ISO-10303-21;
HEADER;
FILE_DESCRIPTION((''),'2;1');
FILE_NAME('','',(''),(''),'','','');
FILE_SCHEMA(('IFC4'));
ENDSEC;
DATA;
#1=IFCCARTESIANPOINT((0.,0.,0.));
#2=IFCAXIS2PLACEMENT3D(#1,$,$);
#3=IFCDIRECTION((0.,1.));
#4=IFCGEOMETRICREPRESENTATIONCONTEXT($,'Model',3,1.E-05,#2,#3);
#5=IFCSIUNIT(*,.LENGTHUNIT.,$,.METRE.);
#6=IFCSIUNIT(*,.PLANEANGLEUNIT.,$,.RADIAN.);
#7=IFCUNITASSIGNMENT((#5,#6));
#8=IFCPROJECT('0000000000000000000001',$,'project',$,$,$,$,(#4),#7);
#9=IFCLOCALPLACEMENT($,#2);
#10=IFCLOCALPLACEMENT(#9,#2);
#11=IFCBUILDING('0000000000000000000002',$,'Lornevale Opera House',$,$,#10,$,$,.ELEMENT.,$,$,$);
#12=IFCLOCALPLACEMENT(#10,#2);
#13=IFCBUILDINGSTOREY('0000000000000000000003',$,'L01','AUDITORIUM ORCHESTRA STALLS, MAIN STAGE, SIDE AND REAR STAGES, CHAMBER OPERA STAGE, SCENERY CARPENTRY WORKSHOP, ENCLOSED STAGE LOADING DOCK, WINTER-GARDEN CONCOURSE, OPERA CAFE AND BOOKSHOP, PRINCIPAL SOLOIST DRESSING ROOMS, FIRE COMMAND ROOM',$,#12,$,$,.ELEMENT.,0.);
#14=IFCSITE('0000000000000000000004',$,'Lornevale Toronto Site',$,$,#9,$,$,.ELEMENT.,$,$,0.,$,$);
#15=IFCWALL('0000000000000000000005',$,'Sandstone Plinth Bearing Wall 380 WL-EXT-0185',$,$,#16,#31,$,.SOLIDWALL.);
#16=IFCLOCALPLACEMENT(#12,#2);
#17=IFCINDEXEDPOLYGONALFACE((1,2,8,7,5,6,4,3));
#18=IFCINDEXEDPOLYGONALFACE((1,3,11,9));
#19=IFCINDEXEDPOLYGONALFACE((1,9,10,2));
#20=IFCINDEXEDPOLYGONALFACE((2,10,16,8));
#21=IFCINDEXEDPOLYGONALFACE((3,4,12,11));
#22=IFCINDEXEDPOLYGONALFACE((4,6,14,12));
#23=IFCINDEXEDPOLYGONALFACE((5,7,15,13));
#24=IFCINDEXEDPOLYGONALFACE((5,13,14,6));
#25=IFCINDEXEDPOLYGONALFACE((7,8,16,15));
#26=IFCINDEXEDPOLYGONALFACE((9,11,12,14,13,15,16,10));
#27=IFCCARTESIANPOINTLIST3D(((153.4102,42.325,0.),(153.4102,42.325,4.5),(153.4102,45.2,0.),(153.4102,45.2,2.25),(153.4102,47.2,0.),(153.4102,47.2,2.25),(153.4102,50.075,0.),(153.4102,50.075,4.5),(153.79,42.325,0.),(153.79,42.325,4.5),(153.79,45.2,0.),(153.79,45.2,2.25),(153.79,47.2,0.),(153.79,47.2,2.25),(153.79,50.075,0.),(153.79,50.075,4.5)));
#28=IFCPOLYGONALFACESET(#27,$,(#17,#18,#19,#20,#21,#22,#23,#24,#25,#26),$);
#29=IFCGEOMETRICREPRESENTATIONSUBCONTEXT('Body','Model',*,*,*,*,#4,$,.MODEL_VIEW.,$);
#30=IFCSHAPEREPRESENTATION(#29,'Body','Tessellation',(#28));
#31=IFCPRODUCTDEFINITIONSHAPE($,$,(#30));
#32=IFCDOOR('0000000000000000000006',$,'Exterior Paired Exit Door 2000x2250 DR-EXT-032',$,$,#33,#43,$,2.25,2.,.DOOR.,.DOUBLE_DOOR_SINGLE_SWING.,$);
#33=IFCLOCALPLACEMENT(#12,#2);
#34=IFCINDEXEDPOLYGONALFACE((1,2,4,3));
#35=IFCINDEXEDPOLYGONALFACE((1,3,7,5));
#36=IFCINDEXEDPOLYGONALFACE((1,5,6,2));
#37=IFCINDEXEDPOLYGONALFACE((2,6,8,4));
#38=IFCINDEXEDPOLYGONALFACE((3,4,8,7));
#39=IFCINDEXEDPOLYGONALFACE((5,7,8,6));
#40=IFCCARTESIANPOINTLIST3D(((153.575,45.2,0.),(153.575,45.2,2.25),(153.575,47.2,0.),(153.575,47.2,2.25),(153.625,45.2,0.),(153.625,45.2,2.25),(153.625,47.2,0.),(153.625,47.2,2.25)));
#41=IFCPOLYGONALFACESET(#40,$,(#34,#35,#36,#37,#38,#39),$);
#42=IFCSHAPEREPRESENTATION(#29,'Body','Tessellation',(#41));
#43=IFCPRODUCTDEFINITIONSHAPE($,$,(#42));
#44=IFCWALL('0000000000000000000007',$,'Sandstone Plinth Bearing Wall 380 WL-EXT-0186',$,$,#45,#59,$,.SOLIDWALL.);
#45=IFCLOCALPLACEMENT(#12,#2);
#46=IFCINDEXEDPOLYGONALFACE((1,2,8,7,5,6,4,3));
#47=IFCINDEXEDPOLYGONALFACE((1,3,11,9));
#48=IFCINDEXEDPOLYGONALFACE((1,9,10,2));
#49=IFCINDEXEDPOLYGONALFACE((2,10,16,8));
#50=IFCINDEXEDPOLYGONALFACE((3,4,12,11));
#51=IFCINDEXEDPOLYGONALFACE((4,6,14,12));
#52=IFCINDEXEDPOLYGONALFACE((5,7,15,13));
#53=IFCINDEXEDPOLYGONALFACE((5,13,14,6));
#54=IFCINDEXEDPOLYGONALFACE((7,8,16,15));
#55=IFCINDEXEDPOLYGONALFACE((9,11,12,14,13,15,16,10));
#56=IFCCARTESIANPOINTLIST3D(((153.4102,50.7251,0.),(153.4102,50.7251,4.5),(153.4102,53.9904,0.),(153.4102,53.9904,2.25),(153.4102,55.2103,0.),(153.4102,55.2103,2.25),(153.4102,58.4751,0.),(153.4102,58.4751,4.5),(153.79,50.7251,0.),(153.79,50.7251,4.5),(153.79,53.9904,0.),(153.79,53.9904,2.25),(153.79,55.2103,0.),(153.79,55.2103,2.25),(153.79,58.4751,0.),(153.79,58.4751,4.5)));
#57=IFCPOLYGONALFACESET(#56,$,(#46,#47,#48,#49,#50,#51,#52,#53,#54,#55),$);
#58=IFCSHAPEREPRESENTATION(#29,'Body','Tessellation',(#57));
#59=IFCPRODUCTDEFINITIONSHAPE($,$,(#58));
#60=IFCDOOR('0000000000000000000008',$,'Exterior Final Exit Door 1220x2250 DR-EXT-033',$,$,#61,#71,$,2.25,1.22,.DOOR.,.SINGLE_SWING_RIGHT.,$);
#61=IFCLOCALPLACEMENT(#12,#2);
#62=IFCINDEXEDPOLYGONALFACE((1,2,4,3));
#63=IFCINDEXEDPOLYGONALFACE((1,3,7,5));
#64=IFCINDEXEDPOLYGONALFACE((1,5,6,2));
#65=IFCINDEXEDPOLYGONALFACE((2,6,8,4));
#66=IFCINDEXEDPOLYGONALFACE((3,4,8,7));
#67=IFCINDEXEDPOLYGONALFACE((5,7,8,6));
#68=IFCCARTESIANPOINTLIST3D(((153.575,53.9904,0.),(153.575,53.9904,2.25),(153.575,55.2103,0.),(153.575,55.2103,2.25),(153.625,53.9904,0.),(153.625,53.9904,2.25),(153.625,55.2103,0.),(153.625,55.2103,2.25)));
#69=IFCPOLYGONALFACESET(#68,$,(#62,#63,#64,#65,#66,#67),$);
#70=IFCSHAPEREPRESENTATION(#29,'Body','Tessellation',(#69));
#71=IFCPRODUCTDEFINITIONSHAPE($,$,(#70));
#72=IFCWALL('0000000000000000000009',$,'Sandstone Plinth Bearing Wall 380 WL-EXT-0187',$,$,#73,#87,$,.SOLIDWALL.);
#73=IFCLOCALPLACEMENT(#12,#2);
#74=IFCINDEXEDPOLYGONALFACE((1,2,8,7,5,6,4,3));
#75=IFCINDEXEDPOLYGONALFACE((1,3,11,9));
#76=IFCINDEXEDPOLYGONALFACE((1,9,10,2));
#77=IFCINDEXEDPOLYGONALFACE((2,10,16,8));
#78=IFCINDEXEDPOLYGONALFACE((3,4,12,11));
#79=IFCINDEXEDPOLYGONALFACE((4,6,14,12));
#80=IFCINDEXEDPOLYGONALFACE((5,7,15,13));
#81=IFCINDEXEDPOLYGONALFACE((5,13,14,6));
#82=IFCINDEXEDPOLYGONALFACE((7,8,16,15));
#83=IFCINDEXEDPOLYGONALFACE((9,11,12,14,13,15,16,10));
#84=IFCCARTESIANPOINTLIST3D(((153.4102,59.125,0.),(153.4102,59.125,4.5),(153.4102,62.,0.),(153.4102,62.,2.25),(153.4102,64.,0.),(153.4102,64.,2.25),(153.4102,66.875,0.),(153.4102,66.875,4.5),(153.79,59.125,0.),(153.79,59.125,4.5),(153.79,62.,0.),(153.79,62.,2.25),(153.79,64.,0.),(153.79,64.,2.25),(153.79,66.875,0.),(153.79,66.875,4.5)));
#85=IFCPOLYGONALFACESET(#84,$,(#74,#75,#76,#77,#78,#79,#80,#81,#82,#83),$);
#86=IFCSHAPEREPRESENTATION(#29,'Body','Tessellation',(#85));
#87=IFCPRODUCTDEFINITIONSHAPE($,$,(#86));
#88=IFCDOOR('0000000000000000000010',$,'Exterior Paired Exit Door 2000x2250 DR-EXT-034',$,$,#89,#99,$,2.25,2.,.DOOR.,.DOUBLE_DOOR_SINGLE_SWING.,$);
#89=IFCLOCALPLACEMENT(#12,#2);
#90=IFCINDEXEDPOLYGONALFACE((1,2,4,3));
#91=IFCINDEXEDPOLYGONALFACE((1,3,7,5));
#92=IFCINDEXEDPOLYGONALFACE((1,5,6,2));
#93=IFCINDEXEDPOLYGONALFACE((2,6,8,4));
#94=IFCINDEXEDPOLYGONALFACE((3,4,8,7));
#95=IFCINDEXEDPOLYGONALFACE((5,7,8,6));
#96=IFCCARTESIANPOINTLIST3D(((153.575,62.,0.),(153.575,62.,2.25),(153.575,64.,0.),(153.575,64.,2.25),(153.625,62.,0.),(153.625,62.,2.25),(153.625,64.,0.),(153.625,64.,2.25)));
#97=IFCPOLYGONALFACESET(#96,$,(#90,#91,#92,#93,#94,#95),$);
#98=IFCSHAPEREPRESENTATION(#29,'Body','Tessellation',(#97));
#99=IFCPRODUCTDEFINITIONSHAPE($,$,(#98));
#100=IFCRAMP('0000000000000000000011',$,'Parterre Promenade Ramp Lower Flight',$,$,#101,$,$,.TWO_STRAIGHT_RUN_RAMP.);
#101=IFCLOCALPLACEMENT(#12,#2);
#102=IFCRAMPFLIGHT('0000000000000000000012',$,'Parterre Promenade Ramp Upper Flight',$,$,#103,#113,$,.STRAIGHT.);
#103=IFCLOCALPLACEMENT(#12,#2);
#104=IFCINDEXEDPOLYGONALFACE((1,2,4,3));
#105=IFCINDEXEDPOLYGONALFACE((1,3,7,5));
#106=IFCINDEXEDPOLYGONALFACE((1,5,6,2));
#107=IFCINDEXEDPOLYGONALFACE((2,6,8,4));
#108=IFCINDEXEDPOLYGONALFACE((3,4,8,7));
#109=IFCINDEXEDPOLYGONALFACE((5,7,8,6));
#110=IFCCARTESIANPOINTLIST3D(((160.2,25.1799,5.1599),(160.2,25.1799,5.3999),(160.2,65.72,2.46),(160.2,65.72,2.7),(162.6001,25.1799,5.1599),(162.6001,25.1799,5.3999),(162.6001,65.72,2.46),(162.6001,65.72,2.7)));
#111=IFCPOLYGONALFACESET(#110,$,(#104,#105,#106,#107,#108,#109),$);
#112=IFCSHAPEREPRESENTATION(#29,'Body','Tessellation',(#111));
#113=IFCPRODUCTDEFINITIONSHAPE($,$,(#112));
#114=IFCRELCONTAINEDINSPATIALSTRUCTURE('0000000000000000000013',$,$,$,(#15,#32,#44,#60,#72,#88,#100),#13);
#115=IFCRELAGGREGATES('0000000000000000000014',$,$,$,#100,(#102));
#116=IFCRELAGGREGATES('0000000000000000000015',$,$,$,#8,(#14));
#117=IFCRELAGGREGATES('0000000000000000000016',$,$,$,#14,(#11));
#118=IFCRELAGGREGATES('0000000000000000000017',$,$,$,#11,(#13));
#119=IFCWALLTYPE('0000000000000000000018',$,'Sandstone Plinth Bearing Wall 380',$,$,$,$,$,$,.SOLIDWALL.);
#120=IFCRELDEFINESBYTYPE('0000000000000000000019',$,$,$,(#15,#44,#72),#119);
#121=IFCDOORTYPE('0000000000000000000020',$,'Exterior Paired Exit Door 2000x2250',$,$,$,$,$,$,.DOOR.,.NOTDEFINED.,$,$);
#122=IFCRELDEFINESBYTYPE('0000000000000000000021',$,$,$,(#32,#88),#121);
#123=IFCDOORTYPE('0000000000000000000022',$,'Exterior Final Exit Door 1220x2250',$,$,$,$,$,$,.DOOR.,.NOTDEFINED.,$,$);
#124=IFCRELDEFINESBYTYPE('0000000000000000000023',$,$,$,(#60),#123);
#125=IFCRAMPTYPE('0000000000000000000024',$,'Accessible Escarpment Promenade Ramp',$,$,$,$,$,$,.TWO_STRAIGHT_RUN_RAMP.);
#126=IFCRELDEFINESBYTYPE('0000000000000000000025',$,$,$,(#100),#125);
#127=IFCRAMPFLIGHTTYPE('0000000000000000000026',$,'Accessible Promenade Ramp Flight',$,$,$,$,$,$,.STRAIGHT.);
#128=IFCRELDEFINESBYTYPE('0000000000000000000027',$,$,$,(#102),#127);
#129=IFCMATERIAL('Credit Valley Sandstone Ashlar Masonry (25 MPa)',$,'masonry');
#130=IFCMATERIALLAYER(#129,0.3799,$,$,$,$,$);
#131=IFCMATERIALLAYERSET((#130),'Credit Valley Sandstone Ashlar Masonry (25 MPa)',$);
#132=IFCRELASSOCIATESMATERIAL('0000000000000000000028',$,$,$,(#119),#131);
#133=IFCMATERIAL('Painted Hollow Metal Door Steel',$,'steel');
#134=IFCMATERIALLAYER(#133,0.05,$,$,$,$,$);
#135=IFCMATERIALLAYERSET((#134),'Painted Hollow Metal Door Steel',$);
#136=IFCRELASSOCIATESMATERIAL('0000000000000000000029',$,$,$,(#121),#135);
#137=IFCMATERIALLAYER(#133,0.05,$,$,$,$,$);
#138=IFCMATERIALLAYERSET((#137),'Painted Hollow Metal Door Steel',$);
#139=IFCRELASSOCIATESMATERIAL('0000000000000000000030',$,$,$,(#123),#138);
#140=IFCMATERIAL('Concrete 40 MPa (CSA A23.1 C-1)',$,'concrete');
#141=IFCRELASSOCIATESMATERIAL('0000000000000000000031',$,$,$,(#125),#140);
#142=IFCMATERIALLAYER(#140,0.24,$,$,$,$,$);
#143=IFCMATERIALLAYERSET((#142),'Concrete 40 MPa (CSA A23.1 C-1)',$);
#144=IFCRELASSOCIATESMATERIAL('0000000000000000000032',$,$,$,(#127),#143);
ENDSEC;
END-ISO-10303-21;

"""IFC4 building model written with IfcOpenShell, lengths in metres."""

from ifc_helpers import new_model, si_unit, direction, frame, frame_2d, origin, place, context, subcontext, project, spatial, polyline, rectangle, outline, extrude, material, layer, layer_set, type_object, element, fill, aggregate, save


model = new_model("IFC4")

# Units and contexts
model_context = context("Model", 3, precision=1e-05, world=origin(), true_north=direction((0.0, 1.0)))
body_context = subcontext(model_context, "Body", "Model", "MODEL_VIEW")
ifc_project = project(units=[si_unit("LENGTHUNIT", "METRE"), si_unit("PLANEANGLEUNIT", "RADIAN")], contexts=[model_context])

# Site, building, storey
site_placement = place(None, origin())
site = spatial("IfcSite", under=ifc_project, at=site_placement, Name="Lornevale Toronto Site", CompositionType="ELEMENT", RefElevation=0.0)
building_placement = place(site_placement, origin())
building = spatial("IfcBuilding", under=site, at=building_placement, Name="Lornevale Opera House", CompositionType="ELEMENT")
storey_placement = place(building_placement, origin())
storey = spatial("IfcBuildingStorey", under=building, at=storey_placement, Name="L01", Description="AUDITORIUM ORCHESTRA STALLS, MAIN STAGE, SIDE AND REAR STAGES, CHAMBER OPERA STAGE, SCENERY CARPENTRY WORKSHOP, ENCLOSED STAGE LOADING DOCK, WINTER-GARDEN CONCOURSE, OPERA CAFE AND BOOKSHOP, PRINCIPAL SOLOIST DRESSING ROOMS, FIRE COMMAND ROOM", CompositionType="ELEMENT", Elevation=0.0)

# Shared definitions
ifc_material_1 = material(Name="Concrete 40 MPa (CSA A23.1 C-1)", Category="concrete")

# Walls, openings, doors
ifc_material_2 = material(Name="Credit Valley Sandstone Ashlar Masonry (25 MPa)", Category="masonry")
ifc_layer_1 = layer(ifc_material_2, 0.3799)
ifc_layer_set_1 = layer_set([ifc_layer_1], Name="Credit Valley Sandstone Ashlar Masonry (25 MPa)")
wall_type = type_object("IfcWallType", Name="Sandstone Plinth Bearing Wall 380", PredefinedType="SOLIDWALL", material=ifc_layer_set_1)
wall_1_placement = place(storey_placement, frame((153.6001, 50.075, 0.0), z_axis=(0.0, 0.0, 1.0), x_axis=(0.0, -1.0, 0.0)))
wall_1 = element("IfcWall", 1, at=wall_1_placement, inside=storey, type_object=wall_type, Name="Sandstone Plinth Bearing Wall 380 WL-EXT-0185", PredefinedType="SOLIDWALL", context=body_context, shape_type="SweptSolid", body=[
    extrude(rectangle(XDim=7.75, YDim=0.3799, at=frame_2d((3.875, 0.0))), origin(), (0.0, 0.0, 1.0), 4.5),
])
opening_1_placement = place(wall_1_placement, frame((2.875, 0.0, 0.0)))
opening_1 = element("IfcOpeningElement", 2, at=opening_1_placement, cuts=wall_1, PredefinedType="OPENING", context=body_context, shape_type="SweptSolid", body=[
    extrude(rectangle(XDim=2.0, YDim=2.25, at=frame_2d((1.0, 1.125))), frame((0.0, 0.2, 0.0), z_axis=(0.0, -1.0, 0.0), x_axis=(1.0, 0.0, 0.0)), (0.0, 0.0, 1.0), 0.3999),
])
ifc_material_3 = material(Name="Painted Hollow Metal Door Steel", Category="steel")
ifc_layer_2 = layer(ifc_material_3, 0.05)
ifc_layer_set_2 = layer_set([ifc_layer_2], Name="Painted Hollow Metal Door Steel")
door_type_1 = type_object("IfcDoorType", Name="Exterior Paired Exit Door 2000x2250", OperationType="NOTDEFINED", PredefinedType="DOOR", material=ifc_layer_set_2)
door_1_placement = place(opening_1_placement, origin())
door_1 = element("IfcDoor", 3, at=door_1_placement, inside=storey, type_object=door_type_1, Name="Exterior Paired Exit Door 2000x2250 DR-EXT-032", OperationType="DOUBLE_DOOR_SINGLE_SWING", OverallHeight=2.25, OverallWidth=2.0, PredefinedType="DOOR", context=body_context, shape_type="SweptSolid", body=[
    extrude(rectangle(XDim=2.0, YDim=2.25, at=frame_2d((1.0, 1.125))), frame((0.0, 0.0249, 0.0), z_axis=(0.0, -1.0, 0.0), x_axis=(1.0, 0.0, 0.0)), (0.0, 0.0, 1.0), 0.05),
])
fill(opening_1, door_1)
wall_2_placement = place(storey_placement, frame((153.6001, 58.4751, 0.0), z_axis=(0.0, 0.0, 1.0), x_axis=(0.0, -1.0, 0.0)))
wall_2 = element("IfcWall", 4, at=wall_2_placement, inside=storey, type_object=wall_type, Name="Sandstone Plinth Bearing Wall 380 WL-EXT-0186", PredefinedType="SOLIDWALL", context=body_context, shape_type="SweptSolid", body=[
    extrude(rectangle(XDim=7.75, YDim=0.3799, at=frame_2d((3.875, 0.0))), origin(), (0.0, 0.0, 1.0), 4.5),
])
opening_2_placement = place(wall_2_placement, frame((3.2649, 0.0, 0.0)))
opening_2 = element("IfcOpeningElement", 5, at=opening_2_placement, cuts=wall_2, PredefinedType="OPENING", context=body_context, shape_type="SweptSolid", body=[
    extrude(rectangle(XDim=1.22, YDim=2.25, at=frame_2d((0.6099, 1.125))), frame((0.0, 0.2, 0.0), z_axis=(0.0, -1.0, 0.0), x_axis=(1.0, 0.0, 0.0)), (0.0, 0.0, 1.0), 0.3999),
])
ifc_layer_3 = layer(ifc_material_3, 0.05)
ifc_layer_set_3 = layer_set([ifc_layer_3], Name="Painted Hollow Metal Door Steel")
door_type_2 = type_object("IfcDoorType", Name="Exterior Final Exit Door 1220x2250", OperationType="NOTDEFINED", PredefinedType="DOOR", material=ifc_layer_set_3)
door_2_placement = place(opening_2_placement, origin())
door_2 = element("IfcDoor", 6, at=door_2_placement, inside=storey, type_object=door_type_2, Name="Exterior Final Exit Door 1220x2250 DR-EXT-033", OperationType="SINGLE_SWING_RIGHT", OverallHeight=2.25, OverallWidth=1.22, PredefinedType="DOOR", context=body_context, shape_type="SweptSolid", body=[
    extrude(rectangle(XDim=1.22, YDim=2.25, at=frame_2d((0.6099, 1.125))), frame((0.0, 0.0249, 0.0), z_axis=(0.0, -1.0, 0.0), x_axis=(1.0, 0.0, 0.0)), (0.0, 0.0, 1.0), 0.05),
])
fill(opening_2, door_2)
wall_3_placement = place(storey_placement, frame((153.6001, 66.875, 0.0), z_axis=(0.0, 0.0, 1.0), x_axis=(0.0, -1.0, 0.0)))
wall_3 = element("IfcWall", 7, at=wall_3_placement, inside=storey, type_object=wall_type, Name="Sandstone Plinth Bearing Wall 380 WL-EXT-0187", PredefinedType="SOLIDWALL", context=body_context, shape_type="SweptSolid", body=[
    extrude(rectangle(XDim=7.75, YDim=0.3799, at=frame_2d((3.875, 0.0))), origin(), (0.0, 0.0, 1.0), 4.5),
])
opening_3_placement = place(wall_3_placement, frame((2.875, 0.0, 0.0)))
opening_3 = element("IfcOpeningElement", 8, at=opening_3_placement, cuts=wall_3, PredefinedType="OPENING", context=body_context, shape_type="SweptSolid", body=[
    extrude(rectangle(XDim=2.0, YDim=2.25, at=frame_2d((1.0, 1.125))), frame((0.0, 0.2, 0.0), z_axis=(0.0, -1.0, 0.0), x_axis=(1.0, 0.0, 0.0)), (0.0, 0.0, 1.0), 0.3999),
])
door_3_placement = place(opening_3_placement, origin())
door_3 = element("IfcDoor", 9, at=door_3_placement, inside=storey, type_object=door_type_1, Name="Exterior Paired Exit Door 2000x2250 DR-EXT-034", OperationType="DOUBLE_DOOR_SINGLE_SWING", OverallHeight=2.25, OverallWidth=2.0, PredefinedType="DOOR", context=body_context, shape_type="SweptSolid", body=[
    extrude(rectangle(XDim=2.0, YDim=2.25, at=frame_2d((1.0, 1.125))), frame((0.0, 0.0249, 0.0), z_axis=(0.0, -1.0, 0.0), x_axis=(1.0, 0.0, 0.0)), (0.0, 0.0, 1.0), 0.05),
])
fill(opening_3, door_3)

# Ramp, ramp flight
ramp_type = type_object("IfcRampType", Name="Accessible Escarpment Promenade Ramp", PredefinedType="TWO_STRAIGHT_RUN_RAMP", material=ifc_material_1)
ramp_placement = place(storey_placement, origin())
ramp = element("IfcRamp", 10, at=ramp_placement, inside=storey, type_object=ramp_type, Name="Parterre Promenade Ramp Lower Flight", PredefinedType="TWO_STRAIGHT_RUN_RAMP")
ifc_layer_4 = layer(ifc_material_1, 0.24)
ifc_layer_set_4 = layer_set([ifc_layer_4], Name="Concrete 40 MPa (CSA A23.1 C-1)")
ramp_flight_type = type_object("IfcRampFlightType", Name="Accessible Promenade Ramp Flight", PredefinedType="STRAIGHT", material=ifc_layer_set_4)
ramp_flight_placement = place(storey_placement, frame((161.3999, 65.72, 2.7), z_axis=(0.0, 0.0, 1.0), x_axis=(0.0, -1.0, 0.0)))
ramp_flight = element("IfcRampFlight", 11, at=ramp_flight_placement, type_object=ramp_flight_type, Name="Parterre Promenade Ramp Upper Flight", PredefinedType="STRAIGHT", context=body_context, shape_type="SweptSolid", body=[
    extrude(outline(polyline([(0.0, 0.0), (40.54, 2.7), (40.54, 2.46), (0.0, -0.24), (0.0, 0.0)])), frame((0.0, 1.2002, 0.0), z_axis=(0.0, -1.0, 0.0), x_axis=(1.0, 0.0, 0.0)), (0.0, 0.0, 1.0), 2.4001),
])
aggregate(ramp, [ramp_flight])

save(model, "model.ifc")
